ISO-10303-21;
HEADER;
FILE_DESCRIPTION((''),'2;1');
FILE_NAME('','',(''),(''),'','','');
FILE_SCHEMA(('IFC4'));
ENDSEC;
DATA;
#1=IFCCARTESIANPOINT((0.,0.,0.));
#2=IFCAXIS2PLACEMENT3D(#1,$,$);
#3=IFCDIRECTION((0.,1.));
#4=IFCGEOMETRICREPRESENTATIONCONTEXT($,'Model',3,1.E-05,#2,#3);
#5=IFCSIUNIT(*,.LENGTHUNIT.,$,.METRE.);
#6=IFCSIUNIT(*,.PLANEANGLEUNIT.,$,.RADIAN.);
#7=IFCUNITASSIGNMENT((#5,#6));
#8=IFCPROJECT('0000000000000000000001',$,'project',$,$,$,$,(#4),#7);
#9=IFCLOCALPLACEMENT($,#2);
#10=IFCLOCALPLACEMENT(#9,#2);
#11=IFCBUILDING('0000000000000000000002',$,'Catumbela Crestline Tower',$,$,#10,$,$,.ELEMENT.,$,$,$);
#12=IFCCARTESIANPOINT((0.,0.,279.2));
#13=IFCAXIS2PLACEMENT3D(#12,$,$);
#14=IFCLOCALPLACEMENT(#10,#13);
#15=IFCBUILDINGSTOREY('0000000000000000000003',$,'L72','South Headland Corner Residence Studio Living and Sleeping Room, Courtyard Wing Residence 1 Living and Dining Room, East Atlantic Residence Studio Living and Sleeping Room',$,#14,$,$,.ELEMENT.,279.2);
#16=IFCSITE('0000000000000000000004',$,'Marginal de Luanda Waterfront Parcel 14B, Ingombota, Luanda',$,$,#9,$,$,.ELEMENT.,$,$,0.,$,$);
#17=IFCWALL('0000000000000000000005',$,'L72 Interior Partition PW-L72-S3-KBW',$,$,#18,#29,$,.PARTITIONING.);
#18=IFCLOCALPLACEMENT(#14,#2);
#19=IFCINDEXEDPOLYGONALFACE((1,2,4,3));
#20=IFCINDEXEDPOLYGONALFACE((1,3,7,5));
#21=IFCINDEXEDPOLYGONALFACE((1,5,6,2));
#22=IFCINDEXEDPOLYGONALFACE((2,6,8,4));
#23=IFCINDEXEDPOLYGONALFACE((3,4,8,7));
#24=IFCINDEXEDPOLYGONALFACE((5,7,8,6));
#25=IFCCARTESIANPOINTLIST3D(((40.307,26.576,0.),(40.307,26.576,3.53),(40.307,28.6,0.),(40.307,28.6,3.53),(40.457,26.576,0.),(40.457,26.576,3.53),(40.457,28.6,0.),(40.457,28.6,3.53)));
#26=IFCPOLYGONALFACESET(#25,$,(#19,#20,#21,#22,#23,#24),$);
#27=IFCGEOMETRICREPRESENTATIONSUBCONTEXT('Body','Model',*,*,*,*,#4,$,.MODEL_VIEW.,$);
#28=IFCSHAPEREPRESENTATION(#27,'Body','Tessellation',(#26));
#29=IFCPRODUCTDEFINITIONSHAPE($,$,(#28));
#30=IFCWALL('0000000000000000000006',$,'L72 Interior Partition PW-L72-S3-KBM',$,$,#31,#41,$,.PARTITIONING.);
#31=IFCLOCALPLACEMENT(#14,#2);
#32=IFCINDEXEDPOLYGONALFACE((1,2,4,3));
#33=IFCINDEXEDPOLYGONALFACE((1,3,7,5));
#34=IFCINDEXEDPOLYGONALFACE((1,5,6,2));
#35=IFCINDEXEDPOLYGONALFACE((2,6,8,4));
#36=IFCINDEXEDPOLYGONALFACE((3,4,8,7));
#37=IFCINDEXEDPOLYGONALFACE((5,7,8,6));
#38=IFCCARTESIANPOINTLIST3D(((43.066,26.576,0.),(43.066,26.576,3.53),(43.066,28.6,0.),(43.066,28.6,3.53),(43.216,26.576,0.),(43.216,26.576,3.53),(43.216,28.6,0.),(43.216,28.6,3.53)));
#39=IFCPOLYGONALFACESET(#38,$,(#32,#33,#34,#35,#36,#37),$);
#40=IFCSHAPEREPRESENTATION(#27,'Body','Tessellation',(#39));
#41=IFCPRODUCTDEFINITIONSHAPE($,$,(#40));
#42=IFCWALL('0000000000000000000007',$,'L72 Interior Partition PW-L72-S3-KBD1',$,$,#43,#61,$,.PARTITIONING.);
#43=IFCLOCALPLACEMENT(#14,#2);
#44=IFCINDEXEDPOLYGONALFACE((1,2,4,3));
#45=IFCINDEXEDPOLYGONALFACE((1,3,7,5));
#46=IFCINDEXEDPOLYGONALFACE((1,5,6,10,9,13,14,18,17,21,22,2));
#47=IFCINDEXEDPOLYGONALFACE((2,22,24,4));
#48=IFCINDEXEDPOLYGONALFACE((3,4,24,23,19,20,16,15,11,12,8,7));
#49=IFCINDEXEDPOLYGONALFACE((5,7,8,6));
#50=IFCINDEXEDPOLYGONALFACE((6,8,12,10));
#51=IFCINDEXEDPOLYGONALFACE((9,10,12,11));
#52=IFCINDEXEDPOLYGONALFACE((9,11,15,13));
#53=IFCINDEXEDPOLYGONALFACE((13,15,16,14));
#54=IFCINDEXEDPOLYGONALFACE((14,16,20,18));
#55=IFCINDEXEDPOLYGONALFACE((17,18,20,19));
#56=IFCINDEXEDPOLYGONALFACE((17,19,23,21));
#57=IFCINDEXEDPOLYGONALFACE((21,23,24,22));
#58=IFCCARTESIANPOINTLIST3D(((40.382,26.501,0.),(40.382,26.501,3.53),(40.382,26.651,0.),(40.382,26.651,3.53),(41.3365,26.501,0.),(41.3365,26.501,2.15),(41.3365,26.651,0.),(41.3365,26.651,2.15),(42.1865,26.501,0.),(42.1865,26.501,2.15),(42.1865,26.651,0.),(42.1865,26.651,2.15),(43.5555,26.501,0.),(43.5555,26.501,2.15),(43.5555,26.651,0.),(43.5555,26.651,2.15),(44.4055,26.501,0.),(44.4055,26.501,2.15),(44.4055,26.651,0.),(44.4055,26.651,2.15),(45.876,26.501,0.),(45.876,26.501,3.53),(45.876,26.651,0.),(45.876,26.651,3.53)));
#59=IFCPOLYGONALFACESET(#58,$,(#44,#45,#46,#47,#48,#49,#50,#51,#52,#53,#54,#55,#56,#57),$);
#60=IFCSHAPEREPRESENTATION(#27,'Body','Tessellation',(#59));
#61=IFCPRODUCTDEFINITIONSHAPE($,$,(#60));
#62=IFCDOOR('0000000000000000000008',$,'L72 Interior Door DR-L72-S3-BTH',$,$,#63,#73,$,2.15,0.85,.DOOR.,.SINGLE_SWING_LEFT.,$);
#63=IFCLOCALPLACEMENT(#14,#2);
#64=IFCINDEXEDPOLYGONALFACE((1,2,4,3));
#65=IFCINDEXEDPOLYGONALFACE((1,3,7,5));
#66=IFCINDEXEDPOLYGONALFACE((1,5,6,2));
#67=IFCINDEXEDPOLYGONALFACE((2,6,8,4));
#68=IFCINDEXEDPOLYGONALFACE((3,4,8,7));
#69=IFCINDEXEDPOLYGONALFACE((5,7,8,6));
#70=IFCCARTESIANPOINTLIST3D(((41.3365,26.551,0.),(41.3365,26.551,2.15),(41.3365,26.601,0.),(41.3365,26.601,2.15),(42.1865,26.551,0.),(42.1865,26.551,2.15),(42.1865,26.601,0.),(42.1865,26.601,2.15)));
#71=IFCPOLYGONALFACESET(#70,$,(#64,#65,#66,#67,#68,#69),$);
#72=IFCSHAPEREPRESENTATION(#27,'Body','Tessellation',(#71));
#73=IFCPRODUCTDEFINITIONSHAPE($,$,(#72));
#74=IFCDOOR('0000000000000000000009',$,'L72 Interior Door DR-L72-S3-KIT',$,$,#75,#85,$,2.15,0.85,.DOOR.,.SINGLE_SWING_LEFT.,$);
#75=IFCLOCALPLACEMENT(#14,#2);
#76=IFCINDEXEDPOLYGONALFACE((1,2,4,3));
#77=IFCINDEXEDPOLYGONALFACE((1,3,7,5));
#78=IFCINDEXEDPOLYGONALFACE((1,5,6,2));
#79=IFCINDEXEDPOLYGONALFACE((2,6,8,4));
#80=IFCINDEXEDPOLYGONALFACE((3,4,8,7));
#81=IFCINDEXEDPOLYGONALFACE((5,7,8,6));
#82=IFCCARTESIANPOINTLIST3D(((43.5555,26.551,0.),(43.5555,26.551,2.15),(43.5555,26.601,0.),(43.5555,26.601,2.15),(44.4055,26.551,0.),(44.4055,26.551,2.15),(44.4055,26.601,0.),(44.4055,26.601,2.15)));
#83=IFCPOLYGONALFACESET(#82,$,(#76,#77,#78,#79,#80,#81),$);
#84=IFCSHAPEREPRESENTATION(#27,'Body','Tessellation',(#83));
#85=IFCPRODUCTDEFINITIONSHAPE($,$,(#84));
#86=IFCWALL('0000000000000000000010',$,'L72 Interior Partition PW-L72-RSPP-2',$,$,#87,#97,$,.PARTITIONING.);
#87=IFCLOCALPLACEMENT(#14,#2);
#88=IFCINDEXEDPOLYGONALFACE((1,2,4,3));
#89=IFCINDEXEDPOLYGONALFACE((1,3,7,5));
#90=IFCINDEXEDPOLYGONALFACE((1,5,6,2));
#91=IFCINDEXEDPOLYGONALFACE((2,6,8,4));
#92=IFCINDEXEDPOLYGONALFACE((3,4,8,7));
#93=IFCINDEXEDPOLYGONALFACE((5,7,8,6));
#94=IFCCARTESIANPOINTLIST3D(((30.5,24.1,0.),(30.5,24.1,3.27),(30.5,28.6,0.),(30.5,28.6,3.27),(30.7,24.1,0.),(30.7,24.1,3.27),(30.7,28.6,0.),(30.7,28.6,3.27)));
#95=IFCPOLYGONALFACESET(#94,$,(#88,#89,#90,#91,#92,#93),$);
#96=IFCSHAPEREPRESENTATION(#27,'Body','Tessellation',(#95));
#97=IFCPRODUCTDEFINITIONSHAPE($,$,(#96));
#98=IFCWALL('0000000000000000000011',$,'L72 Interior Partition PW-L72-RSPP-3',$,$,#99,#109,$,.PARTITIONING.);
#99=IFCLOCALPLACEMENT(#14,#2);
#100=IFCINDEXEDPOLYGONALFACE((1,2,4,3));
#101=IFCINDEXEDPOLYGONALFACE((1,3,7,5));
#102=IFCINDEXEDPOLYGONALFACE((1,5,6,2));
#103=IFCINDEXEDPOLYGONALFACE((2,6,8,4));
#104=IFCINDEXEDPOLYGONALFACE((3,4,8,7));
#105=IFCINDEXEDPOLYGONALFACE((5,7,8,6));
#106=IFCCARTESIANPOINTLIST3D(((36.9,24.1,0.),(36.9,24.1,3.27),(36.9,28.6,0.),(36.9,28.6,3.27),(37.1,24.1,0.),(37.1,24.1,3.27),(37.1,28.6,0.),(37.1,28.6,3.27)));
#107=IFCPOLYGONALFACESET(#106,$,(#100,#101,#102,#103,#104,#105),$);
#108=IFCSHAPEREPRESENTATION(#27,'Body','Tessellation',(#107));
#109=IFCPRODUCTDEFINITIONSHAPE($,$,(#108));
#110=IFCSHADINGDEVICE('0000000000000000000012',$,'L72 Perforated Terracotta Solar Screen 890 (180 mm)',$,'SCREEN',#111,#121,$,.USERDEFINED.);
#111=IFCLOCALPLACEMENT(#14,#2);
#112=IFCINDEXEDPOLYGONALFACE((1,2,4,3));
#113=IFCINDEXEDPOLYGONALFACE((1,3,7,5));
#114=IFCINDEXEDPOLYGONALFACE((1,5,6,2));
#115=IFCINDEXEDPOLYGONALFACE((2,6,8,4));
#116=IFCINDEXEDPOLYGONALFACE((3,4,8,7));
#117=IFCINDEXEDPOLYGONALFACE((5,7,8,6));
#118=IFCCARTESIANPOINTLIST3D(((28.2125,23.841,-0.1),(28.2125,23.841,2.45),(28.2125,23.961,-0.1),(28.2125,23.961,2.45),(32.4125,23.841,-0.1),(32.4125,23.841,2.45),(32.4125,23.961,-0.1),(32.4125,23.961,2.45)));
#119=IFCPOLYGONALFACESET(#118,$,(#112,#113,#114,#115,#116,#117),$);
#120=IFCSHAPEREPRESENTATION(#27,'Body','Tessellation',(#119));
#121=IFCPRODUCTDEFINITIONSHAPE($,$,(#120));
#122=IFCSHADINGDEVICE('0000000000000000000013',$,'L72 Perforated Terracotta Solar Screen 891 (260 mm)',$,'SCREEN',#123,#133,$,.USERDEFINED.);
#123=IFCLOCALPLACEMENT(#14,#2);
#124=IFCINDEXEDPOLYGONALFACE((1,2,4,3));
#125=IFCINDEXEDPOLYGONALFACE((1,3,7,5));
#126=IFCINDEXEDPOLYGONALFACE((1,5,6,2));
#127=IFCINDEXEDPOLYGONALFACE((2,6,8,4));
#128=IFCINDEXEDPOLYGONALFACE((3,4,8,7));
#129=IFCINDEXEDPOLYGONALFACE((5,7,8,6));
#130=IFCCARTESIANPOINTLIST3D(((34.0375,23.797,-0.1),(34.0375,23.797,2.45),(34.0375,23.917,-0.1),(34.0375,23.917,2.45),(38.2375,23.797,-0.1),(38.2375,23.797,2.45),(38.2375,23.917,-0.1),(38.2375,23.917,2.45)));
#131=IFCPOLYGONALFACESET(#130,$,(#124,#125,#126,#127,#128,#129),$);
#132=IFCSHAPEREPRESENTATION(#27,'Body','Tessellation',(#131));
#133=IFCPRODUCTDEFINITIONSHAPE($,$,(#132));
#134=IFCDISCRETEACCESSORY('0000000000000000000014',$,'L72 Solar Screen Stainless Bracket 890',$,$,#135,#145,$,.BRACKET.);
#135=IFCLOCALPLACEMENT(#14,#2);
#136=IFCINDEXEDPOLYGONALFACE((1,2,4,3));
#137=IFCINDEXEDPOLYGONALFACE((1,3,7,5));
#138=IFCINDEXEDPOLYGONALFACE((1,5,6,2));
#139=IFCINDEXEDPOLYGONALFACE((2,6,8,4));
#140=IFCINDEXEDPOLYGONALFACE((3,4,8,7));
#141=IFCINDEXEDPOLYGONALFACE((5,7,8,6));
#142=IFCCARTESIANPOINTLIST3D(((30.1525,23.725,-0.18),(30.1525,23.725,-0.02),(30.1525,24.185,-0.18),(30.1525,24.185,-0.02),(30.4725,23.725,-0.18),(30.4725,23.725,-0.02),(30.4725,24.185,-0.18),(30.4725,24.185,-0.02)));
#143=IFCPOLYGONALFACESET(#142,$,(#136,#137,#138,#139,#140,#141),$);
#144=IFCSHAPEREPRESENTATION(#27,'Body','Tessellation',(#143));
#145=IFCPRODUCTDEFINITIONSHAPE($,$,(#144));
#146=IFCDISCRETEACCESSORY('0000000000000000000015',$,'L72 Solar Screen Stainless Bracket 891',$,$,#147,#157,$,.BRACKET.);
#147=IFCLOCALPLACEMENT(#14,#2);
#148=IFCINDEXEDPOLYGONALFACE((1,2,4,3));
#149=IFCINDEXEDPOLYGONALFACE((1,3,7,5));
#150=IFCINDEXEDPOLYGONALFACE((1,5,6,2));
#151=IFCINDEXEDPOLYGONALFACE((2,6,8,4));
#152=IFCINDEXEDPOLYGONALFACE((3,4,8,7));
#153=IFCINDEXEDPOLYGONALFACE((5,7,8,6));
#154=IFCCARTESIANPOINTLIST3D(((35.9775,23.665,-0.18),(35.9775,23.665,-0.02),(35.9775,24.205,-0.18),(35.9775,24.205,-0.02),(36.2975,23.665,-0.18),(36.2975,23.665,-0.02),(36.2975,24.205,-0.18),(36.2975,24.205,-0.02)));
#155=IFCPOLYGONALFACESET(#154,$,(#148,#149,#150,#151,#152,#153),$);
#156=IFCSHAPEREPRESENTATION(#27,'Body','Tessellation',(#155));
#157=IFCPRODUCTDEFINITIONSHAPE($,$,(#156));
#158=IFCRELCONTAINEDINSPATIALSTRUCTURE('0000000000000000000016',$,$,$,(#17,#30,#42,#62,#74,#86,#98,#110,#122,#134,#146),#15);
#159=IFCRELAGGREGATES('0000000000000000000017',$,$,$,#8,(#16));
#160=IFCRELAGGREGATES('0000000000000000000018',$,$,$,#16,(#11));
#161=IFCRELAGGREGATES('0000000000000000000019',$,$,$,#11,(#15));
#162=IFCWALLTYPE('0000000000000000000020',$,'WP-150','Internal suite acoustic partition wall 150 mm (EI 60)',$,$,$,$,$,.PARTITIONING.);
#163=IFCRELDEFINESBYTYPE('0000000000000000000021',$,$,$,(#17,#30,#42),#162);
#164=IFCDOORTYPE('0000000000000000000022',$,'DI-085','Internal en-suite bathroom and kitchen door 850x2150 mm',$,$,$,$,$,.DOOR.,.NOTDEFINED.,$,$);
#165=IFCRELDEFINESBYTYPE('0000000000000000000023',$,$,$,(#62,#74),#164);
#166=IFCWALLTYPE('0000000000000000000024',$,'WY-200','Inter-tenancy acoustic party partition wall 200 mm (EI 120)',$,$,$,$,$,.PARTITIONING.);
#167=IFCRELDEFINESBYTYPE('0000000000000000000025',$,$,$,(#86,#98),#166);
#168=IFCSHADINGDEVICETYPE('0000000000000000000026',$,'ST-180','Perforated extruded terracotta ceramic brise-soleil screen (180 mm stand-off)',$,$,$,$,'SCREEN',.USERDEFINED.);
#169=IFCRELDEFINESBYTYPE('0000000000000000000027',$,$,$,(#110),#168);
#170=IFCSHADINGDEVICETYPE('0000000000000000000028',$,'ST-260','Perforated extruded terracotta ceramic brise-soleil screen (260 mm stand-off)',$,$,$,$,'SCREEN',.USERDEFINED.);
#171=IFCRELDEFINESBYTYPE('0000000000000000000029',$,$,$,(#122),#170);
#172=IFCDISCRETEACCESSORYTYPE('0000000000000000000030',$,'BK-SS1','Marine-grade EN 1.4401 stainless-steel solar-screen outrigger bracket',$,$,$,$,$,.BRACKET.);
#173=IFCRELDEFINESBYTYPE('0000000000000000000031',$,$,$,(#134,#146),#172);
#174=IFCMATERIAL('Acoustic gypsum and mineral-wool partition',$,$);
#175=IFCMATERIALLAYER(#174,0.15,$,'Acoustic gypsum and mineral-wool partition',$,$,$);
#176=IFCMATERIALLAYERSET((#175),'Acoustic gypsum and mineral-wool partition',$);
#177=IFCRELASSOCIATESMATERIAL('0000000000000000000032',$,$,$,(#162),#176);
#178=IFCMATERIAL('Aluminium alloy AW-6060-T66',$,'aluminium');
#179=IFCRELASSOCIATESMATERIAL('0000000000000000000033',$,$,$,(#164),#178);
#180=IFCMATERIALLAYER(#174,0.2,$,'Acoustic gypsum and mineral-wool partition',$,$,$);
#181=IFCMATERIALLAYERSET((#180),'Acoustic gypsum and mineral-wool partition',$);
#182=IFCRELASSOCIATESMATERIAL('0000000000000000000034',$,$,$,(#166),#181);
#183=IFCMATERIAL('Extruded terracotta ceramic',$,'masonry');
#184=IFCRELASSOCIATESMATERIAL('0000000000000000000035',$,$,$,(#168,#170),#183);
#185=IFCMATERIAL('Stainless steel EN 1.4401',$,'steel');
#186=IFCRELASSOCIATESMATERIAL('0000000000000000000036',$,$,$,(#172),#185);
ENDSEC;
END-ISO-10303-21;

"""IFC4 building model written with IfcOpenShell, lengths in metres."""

from ifc_helpers import new_model, si_unit, direction, frame, frame_2d, origin, origin_2d, place, context, subcontext, project, spatial, rectangle, extrude, material, layer, layer_set, type_object, element, fill, save


model = new_model("IFC4")

# Units and contexts
model_context = context("Model", 3, precision=1e-05, world=origin(), true_north=direction((0.0, 1.0)))
body_context = subcontext(model_context, "Body", "Model", "MODEL_VIEW")
ifc_project = project(units=[si_unit("LENGTHUNIT", "METRE"), si_unit("PLANEANGLEUNIT", "RADIAN")], contexts=[model_context])

# Site, building, storey
site_placement = place(None, origin())
site = spatial("IfcSite", under=ifc_project, at=site_placement, Name="Marginal de Luanda Waterfront Parcel 14B, Ingombota, Luanda", CompositionType="ELEMENT", RefElevation=0.0)
building_placement = place(site_placement, origin())
building = spatial("IfcBuilding", under=site, at=building_placement, Name="Catumbela Crestline Tower", CompositionType="ELEMENT")
storey_placement = place(building_placement, frame((0.0, 0.0, 279.2)))
storey = spatial("IfcBuildingStorey", under=building, at=storey_placement, Name="L72", Description="South Headland Corner Residence Studio Living and Sleeping Room, Courtyard Wing Residence 1 Living and Dining Room, East Atlantic Residence Studio Living and Sleeping Room", CompositionType="ELEMENT", Elevation=279.2)

# Shared definitions
ifc_material_1 = material(Name="Aluminium alloy AW-6060-T66", Category="aluminium")

# Walls
ifc_material_2 = material(Name="Acoustic gypsum and mineral-wool partition")
ifc_layer_1 = layer(ifc_material_2, 0.15, Name="Acoustic gypsum and mineral-wool partition")
ifc_layer_set_1 = layer_set([ifc_layer_1], Name="Acoustic gypsum and mineral-wool partition")
wall_type_1 = type_object("IfcWallType", Name="WP-150", Description="Internal suite acoustic partition wall 150 mm (EI 60)", PredefinedType="PARTITIONING", material=ifc_layer_set_1)
for number, where, z_axis, x_axis, name in (
    (1, (40.382, 26.576, 0.0), (0.0, 0.0, 1.0), (0.0, 1.0, 0.0), "L72 Interior Partition PW-L72-S3-KBW"),
    (2, (43.141, 26.576, 0.0), (0.0, 0.0, 1.0), (0.0, 1.0, 0.0), "L72 Interior Partition PW-L72-S3-KBM"),
):
    element("IfcWall", number, at=place(storey_placement, frame(where, z_axis=z_axis, x_axis=x_axis)), inside=storey, type_object=wall_type_1, Name=name, PredefinedType="PARTITIONING", context=body_context, shape_type="SweptSolid", body=[
        extrude(rectangle(XDim=2.024, YDim=0.15, at=frame_2d((1.012, 0.0))), origin(), (0.0, 0.0, 1.0), 3.53),
    ])

# Wall, openings, doors
wall_1_placement = place(storey_placement, frame((40.382, 26.576, 0.0), z_axis=(0.0, 0.0, 1.0), x_axis=(1.0, 0.0, 0.0)))
wall_1 = element("IfcWall", 3, at=wall_1_placement, inside=storey, type_object=wall_type_1, Name="L72 Interior Partition PW-L72-S3-KBD1", PredefinedType="PARTITIONING", context=body_context, shape_type="SweptSolid", body=[
    extrude(rectangle(XDim=5.494, YDim=0.15, at=frame_2d((2.747, 0.0))), origin(), (0.0, 0.0, 1.0), 3.53),
])
opening_1_placement = place(wall_1_placement, frame((0.9545, 0.0, 0.0)))
opening_1 = element("IfcOpeningElement", 4, at=opening_1_placement, cuts=wall_1, PredefinedType="OPENING", context=body_context, shape_type="SweptSolid", body=[
    extrude(rectangle(XDim=0.85, YDim=2.15, at=frame_2d((0.425, 1.075))), frame((0.0, 0.085, 0.0), z_axis=(0.0, -1.0, 0.0), x_axis=(1.0, 0.0, 0.0)), (0.0, 0.0, 1.0), 0.17),
])
opening_2_placement = place(wall_1_placement, frame((3.1735, 0.0, 0.0)))
opening_2 = element("IfcOpeningElement", 5, at=opening_2_placement, cuts=wall_1, PredefinedType="OPENING", context=body_context, shape_type="SweptSolid", body=[
    extrude(rectangle(XDim=0.85, YDim=2.15, at=frame_2d((0.425, 1.075))), frame((0.0, 0.085, 0.0), z_axis=(0.0, -1.0, 0.0), x_axis=(1.0, 0.0, 0.0)), (0.0, 0.0, 1.0), 0.17),
])
door_type = type_object("IfcDoorType", Name="DI-085", Description="Internal en-suite bathroom and kitchen door 850x2150 mm", OperationType="NOTDEFINED", PredefinedType="DOOR", material=ifc_material_1)
door_1_placement = place(opening_1_placement, origin())
door_1 = element("IfcDoor", 6, at=door_1_placement, inside=storey, type_object=door_type, Name="L72 Interior Door DR-L72-S3-BTH", OperationType="SINGLE_SWING_LEFT", OverallHeight=2.15, OverallWidth=0.85, PredefinedType="DOOR", context=body_context, shape_type="SweptSolid", body=[
    extrude(rectangle(XDim=0.85, YDim=2.15, at=frame_2d((0.425, 1.075))), frame((0.0, 0.025, 0.0), z_axis=(0.0, -1.0, 0.0), x_axis=(1.0, 0.0, 0.0)), (0.0, 0.0, 1.0), 0.05),
])
fill(opening_1, door_1)
door_2_placement = place(opening_2_placement, origin())
door_2 = element("IfcDoor", 7, at=door_2_placement, inside=storey, type_object=door_type, Name="L72 Interior Door DR-L72-S3-KIT", OperationType="SINGLE_SWING_LEFT", OverallHeight=2.15, OverallWidth=0.85, PredefinedType="DOOR", context=body_context, shape_type="SweptSolid", body=[
    extrude(rectangle(XDim=0.85, YDim=2.15, at=frame_2d((0.425, 1.075))), frame((0.0, 0.025, 0.0), z_axis=(0.0, -1.0, 0.0), x_axis=(1.0, 0.0, 0.0)), (0.0, 0.0, 1.0), 0.05),
])
fill(opening_2, door_2)

# Walls
ifc_layer_2 = layer(ifc_material_2, 0.2, Name="Acoustic gypsum and mineral-wool partition")
ifc_layer_set_2 = layer_set([ifc_layer_2], Name="Acoustic gypsum and mineral-wool partition")
wall_type_2 = type_object("IfcWallType", Name="WY-200", Description="Inter-tenancy acoustic party partition wall 200 mm (EI 120)", PredefinedType="PARTITIONING", material=ifc_layer_set_2)
for number, where, z_axis, x_axis, name in (
    (8, (30.6, 24.1, 0.0), (0.0, 0.0, 1.0), (0.0, 1.0, 0.0), "L72 Interior Partition PW-L72-RSPP-2"),
    (9, (37.0, 24.1, 0.0), (0.0, 0.0, 1.0), (0.0, 1.0, 0.0), "L72 Interior Partition PW-L72-RSPP-3"),
):
    element("IfcWall", number, at=place(storey_placement, frame(where, z_axis=z_axis, x_axis=x_axis)), inside=storey, type_object=wall_type_2, Name=name, PredefinedType="PARTITIONING", context=body_context, shape_type="SweptSolid", body=[
        extrude(rectangle(XDim=4.5, YDim=0.2, at=frame_2d((2.25, 0.0))), origin(), (0.0, 0.0, 1.0), 3.27),
    ])

# Shared definitions
ifc_material_3 = material(Name="Stainless steel EN 1.4401", Category="steel")

# Shading devices
ifc_material_4 = material(Name="Extruded terracotta ceramic", Category="masonry")
shading_device_type_1 = type_object("IfcShadingDeviceType", Name="ST-180", Description="Perforated extruded terracotta ceramic brise-soleil screen (180 mm stand-off)", ElementType="SCREEN", PredefinedType="USERDEFINED", material=ifc_material_4)
shading_device_1_placement = place(storey_placement, frame((30.3125, 23.901, -0.1), z_axis=(0.0, 0.0, 1.0), x_axis=(1.0, 0.0, 0.0)))
element("IfcShadingDevice", 10, at=shading_device_1_placement, inside=storey, type_object=shading_device_type_1, Name="L72 Perforated Terracotta Solar Screen 890 (180 mm)", ObjectType="SCREEN", PredefinedType="USERDEFINED", context=body_context, shape_type="SweptSolid", body=[
    extrude(rectangle(XDim=4.2, YDim=0.12, at=origin_2d()), origin(), (0.0, 0.0, 1.0), 2.55),
])
shading_device_type_2 = type_object("IfcShadingDeviceType", Name="ST-260", Description="Perforated extruded terracotta ceramic brise-soleil screen (260 mm stand-off)", ElementType="SCREEN", PredefinedType="USERDEFINED", material=ifc_material_4)
shading_device_2_placement = place(storey_placement, frame((36.1375, 23.857, -0.1), z_axis=(0.0, 0.0, 1.0), x_axis=(1.0, 0.0, 0.0)))
element("IfcShadingDevice", 11, at=shading_device_2_placement, inside=storey, type_object=shading_device_type_2, Name="L72 Perforated Terracotta Solar Screen 891 (260 mm)", ObjectType="SCREEN", PredefinedType="USERDEFINED", context=body_context, shape_type="SweptSolid", body=[
    extrude(rectangle(XDim=4.2, YDim=0.12, at=origin_2d()), origin(), (0.0, 0.0, 1.0), 2.55),
])

# Discrete accessories
discrete_accessory_type = type_object("IfcDiscreteAccessoryType", Name="BK-SS1", Description="Marine-grade EN 1.4401 stainless-steel solar-screen outrigger bracket", PredefinedType="BRACKET", material=ifc_material_3)
discrete_accessory_1_placement = place(storey_placement, frame((30.3125, 23.955, -0.18), z_axis=(0.0, 0.0, 1.0), x_axis=(1.0, 0.0, 0.0)))
element("IfcDiscreteAccessory", 12, at=discrete_accessory_1_placement, inside=storey, type_object=discrete_accessory_type, Name="L72 Solar Screen Stainless Bracket 890", PredefinedType="BRACKET", context=body_context, shape_type="SweptSolid", body=[
    extrude(rectangle(XDim=0.32, YDim=0.46, at=origin_2d()), origin(), (0.0, 0.0, 1.0), 0.16),
])
discrete_accessory_2_placement = place(storey_placement, frame((36.1375, 23.935, -0.18), z_axis=(0.0, 0.0, 1.0), x_axis=(1.0, 0.0, 0.0)))
element("IfcDiscreteAccessory", 13, at=discrete_accessory_2_placement, inside=storey, type_object=discrete_accessory_type, Name="L72 Solar Screen Stainless Bracket 891", PredefinedType="BRACKET", context=body_context, shape_type="SweptSolid", body=[
    extrude(rectangle(XDim=0.32, YDim=0.54, at=origin_2d()), origin(), (0.0, 0.0, 1.0), 0.16),
])

save(model, "model.ifc")
